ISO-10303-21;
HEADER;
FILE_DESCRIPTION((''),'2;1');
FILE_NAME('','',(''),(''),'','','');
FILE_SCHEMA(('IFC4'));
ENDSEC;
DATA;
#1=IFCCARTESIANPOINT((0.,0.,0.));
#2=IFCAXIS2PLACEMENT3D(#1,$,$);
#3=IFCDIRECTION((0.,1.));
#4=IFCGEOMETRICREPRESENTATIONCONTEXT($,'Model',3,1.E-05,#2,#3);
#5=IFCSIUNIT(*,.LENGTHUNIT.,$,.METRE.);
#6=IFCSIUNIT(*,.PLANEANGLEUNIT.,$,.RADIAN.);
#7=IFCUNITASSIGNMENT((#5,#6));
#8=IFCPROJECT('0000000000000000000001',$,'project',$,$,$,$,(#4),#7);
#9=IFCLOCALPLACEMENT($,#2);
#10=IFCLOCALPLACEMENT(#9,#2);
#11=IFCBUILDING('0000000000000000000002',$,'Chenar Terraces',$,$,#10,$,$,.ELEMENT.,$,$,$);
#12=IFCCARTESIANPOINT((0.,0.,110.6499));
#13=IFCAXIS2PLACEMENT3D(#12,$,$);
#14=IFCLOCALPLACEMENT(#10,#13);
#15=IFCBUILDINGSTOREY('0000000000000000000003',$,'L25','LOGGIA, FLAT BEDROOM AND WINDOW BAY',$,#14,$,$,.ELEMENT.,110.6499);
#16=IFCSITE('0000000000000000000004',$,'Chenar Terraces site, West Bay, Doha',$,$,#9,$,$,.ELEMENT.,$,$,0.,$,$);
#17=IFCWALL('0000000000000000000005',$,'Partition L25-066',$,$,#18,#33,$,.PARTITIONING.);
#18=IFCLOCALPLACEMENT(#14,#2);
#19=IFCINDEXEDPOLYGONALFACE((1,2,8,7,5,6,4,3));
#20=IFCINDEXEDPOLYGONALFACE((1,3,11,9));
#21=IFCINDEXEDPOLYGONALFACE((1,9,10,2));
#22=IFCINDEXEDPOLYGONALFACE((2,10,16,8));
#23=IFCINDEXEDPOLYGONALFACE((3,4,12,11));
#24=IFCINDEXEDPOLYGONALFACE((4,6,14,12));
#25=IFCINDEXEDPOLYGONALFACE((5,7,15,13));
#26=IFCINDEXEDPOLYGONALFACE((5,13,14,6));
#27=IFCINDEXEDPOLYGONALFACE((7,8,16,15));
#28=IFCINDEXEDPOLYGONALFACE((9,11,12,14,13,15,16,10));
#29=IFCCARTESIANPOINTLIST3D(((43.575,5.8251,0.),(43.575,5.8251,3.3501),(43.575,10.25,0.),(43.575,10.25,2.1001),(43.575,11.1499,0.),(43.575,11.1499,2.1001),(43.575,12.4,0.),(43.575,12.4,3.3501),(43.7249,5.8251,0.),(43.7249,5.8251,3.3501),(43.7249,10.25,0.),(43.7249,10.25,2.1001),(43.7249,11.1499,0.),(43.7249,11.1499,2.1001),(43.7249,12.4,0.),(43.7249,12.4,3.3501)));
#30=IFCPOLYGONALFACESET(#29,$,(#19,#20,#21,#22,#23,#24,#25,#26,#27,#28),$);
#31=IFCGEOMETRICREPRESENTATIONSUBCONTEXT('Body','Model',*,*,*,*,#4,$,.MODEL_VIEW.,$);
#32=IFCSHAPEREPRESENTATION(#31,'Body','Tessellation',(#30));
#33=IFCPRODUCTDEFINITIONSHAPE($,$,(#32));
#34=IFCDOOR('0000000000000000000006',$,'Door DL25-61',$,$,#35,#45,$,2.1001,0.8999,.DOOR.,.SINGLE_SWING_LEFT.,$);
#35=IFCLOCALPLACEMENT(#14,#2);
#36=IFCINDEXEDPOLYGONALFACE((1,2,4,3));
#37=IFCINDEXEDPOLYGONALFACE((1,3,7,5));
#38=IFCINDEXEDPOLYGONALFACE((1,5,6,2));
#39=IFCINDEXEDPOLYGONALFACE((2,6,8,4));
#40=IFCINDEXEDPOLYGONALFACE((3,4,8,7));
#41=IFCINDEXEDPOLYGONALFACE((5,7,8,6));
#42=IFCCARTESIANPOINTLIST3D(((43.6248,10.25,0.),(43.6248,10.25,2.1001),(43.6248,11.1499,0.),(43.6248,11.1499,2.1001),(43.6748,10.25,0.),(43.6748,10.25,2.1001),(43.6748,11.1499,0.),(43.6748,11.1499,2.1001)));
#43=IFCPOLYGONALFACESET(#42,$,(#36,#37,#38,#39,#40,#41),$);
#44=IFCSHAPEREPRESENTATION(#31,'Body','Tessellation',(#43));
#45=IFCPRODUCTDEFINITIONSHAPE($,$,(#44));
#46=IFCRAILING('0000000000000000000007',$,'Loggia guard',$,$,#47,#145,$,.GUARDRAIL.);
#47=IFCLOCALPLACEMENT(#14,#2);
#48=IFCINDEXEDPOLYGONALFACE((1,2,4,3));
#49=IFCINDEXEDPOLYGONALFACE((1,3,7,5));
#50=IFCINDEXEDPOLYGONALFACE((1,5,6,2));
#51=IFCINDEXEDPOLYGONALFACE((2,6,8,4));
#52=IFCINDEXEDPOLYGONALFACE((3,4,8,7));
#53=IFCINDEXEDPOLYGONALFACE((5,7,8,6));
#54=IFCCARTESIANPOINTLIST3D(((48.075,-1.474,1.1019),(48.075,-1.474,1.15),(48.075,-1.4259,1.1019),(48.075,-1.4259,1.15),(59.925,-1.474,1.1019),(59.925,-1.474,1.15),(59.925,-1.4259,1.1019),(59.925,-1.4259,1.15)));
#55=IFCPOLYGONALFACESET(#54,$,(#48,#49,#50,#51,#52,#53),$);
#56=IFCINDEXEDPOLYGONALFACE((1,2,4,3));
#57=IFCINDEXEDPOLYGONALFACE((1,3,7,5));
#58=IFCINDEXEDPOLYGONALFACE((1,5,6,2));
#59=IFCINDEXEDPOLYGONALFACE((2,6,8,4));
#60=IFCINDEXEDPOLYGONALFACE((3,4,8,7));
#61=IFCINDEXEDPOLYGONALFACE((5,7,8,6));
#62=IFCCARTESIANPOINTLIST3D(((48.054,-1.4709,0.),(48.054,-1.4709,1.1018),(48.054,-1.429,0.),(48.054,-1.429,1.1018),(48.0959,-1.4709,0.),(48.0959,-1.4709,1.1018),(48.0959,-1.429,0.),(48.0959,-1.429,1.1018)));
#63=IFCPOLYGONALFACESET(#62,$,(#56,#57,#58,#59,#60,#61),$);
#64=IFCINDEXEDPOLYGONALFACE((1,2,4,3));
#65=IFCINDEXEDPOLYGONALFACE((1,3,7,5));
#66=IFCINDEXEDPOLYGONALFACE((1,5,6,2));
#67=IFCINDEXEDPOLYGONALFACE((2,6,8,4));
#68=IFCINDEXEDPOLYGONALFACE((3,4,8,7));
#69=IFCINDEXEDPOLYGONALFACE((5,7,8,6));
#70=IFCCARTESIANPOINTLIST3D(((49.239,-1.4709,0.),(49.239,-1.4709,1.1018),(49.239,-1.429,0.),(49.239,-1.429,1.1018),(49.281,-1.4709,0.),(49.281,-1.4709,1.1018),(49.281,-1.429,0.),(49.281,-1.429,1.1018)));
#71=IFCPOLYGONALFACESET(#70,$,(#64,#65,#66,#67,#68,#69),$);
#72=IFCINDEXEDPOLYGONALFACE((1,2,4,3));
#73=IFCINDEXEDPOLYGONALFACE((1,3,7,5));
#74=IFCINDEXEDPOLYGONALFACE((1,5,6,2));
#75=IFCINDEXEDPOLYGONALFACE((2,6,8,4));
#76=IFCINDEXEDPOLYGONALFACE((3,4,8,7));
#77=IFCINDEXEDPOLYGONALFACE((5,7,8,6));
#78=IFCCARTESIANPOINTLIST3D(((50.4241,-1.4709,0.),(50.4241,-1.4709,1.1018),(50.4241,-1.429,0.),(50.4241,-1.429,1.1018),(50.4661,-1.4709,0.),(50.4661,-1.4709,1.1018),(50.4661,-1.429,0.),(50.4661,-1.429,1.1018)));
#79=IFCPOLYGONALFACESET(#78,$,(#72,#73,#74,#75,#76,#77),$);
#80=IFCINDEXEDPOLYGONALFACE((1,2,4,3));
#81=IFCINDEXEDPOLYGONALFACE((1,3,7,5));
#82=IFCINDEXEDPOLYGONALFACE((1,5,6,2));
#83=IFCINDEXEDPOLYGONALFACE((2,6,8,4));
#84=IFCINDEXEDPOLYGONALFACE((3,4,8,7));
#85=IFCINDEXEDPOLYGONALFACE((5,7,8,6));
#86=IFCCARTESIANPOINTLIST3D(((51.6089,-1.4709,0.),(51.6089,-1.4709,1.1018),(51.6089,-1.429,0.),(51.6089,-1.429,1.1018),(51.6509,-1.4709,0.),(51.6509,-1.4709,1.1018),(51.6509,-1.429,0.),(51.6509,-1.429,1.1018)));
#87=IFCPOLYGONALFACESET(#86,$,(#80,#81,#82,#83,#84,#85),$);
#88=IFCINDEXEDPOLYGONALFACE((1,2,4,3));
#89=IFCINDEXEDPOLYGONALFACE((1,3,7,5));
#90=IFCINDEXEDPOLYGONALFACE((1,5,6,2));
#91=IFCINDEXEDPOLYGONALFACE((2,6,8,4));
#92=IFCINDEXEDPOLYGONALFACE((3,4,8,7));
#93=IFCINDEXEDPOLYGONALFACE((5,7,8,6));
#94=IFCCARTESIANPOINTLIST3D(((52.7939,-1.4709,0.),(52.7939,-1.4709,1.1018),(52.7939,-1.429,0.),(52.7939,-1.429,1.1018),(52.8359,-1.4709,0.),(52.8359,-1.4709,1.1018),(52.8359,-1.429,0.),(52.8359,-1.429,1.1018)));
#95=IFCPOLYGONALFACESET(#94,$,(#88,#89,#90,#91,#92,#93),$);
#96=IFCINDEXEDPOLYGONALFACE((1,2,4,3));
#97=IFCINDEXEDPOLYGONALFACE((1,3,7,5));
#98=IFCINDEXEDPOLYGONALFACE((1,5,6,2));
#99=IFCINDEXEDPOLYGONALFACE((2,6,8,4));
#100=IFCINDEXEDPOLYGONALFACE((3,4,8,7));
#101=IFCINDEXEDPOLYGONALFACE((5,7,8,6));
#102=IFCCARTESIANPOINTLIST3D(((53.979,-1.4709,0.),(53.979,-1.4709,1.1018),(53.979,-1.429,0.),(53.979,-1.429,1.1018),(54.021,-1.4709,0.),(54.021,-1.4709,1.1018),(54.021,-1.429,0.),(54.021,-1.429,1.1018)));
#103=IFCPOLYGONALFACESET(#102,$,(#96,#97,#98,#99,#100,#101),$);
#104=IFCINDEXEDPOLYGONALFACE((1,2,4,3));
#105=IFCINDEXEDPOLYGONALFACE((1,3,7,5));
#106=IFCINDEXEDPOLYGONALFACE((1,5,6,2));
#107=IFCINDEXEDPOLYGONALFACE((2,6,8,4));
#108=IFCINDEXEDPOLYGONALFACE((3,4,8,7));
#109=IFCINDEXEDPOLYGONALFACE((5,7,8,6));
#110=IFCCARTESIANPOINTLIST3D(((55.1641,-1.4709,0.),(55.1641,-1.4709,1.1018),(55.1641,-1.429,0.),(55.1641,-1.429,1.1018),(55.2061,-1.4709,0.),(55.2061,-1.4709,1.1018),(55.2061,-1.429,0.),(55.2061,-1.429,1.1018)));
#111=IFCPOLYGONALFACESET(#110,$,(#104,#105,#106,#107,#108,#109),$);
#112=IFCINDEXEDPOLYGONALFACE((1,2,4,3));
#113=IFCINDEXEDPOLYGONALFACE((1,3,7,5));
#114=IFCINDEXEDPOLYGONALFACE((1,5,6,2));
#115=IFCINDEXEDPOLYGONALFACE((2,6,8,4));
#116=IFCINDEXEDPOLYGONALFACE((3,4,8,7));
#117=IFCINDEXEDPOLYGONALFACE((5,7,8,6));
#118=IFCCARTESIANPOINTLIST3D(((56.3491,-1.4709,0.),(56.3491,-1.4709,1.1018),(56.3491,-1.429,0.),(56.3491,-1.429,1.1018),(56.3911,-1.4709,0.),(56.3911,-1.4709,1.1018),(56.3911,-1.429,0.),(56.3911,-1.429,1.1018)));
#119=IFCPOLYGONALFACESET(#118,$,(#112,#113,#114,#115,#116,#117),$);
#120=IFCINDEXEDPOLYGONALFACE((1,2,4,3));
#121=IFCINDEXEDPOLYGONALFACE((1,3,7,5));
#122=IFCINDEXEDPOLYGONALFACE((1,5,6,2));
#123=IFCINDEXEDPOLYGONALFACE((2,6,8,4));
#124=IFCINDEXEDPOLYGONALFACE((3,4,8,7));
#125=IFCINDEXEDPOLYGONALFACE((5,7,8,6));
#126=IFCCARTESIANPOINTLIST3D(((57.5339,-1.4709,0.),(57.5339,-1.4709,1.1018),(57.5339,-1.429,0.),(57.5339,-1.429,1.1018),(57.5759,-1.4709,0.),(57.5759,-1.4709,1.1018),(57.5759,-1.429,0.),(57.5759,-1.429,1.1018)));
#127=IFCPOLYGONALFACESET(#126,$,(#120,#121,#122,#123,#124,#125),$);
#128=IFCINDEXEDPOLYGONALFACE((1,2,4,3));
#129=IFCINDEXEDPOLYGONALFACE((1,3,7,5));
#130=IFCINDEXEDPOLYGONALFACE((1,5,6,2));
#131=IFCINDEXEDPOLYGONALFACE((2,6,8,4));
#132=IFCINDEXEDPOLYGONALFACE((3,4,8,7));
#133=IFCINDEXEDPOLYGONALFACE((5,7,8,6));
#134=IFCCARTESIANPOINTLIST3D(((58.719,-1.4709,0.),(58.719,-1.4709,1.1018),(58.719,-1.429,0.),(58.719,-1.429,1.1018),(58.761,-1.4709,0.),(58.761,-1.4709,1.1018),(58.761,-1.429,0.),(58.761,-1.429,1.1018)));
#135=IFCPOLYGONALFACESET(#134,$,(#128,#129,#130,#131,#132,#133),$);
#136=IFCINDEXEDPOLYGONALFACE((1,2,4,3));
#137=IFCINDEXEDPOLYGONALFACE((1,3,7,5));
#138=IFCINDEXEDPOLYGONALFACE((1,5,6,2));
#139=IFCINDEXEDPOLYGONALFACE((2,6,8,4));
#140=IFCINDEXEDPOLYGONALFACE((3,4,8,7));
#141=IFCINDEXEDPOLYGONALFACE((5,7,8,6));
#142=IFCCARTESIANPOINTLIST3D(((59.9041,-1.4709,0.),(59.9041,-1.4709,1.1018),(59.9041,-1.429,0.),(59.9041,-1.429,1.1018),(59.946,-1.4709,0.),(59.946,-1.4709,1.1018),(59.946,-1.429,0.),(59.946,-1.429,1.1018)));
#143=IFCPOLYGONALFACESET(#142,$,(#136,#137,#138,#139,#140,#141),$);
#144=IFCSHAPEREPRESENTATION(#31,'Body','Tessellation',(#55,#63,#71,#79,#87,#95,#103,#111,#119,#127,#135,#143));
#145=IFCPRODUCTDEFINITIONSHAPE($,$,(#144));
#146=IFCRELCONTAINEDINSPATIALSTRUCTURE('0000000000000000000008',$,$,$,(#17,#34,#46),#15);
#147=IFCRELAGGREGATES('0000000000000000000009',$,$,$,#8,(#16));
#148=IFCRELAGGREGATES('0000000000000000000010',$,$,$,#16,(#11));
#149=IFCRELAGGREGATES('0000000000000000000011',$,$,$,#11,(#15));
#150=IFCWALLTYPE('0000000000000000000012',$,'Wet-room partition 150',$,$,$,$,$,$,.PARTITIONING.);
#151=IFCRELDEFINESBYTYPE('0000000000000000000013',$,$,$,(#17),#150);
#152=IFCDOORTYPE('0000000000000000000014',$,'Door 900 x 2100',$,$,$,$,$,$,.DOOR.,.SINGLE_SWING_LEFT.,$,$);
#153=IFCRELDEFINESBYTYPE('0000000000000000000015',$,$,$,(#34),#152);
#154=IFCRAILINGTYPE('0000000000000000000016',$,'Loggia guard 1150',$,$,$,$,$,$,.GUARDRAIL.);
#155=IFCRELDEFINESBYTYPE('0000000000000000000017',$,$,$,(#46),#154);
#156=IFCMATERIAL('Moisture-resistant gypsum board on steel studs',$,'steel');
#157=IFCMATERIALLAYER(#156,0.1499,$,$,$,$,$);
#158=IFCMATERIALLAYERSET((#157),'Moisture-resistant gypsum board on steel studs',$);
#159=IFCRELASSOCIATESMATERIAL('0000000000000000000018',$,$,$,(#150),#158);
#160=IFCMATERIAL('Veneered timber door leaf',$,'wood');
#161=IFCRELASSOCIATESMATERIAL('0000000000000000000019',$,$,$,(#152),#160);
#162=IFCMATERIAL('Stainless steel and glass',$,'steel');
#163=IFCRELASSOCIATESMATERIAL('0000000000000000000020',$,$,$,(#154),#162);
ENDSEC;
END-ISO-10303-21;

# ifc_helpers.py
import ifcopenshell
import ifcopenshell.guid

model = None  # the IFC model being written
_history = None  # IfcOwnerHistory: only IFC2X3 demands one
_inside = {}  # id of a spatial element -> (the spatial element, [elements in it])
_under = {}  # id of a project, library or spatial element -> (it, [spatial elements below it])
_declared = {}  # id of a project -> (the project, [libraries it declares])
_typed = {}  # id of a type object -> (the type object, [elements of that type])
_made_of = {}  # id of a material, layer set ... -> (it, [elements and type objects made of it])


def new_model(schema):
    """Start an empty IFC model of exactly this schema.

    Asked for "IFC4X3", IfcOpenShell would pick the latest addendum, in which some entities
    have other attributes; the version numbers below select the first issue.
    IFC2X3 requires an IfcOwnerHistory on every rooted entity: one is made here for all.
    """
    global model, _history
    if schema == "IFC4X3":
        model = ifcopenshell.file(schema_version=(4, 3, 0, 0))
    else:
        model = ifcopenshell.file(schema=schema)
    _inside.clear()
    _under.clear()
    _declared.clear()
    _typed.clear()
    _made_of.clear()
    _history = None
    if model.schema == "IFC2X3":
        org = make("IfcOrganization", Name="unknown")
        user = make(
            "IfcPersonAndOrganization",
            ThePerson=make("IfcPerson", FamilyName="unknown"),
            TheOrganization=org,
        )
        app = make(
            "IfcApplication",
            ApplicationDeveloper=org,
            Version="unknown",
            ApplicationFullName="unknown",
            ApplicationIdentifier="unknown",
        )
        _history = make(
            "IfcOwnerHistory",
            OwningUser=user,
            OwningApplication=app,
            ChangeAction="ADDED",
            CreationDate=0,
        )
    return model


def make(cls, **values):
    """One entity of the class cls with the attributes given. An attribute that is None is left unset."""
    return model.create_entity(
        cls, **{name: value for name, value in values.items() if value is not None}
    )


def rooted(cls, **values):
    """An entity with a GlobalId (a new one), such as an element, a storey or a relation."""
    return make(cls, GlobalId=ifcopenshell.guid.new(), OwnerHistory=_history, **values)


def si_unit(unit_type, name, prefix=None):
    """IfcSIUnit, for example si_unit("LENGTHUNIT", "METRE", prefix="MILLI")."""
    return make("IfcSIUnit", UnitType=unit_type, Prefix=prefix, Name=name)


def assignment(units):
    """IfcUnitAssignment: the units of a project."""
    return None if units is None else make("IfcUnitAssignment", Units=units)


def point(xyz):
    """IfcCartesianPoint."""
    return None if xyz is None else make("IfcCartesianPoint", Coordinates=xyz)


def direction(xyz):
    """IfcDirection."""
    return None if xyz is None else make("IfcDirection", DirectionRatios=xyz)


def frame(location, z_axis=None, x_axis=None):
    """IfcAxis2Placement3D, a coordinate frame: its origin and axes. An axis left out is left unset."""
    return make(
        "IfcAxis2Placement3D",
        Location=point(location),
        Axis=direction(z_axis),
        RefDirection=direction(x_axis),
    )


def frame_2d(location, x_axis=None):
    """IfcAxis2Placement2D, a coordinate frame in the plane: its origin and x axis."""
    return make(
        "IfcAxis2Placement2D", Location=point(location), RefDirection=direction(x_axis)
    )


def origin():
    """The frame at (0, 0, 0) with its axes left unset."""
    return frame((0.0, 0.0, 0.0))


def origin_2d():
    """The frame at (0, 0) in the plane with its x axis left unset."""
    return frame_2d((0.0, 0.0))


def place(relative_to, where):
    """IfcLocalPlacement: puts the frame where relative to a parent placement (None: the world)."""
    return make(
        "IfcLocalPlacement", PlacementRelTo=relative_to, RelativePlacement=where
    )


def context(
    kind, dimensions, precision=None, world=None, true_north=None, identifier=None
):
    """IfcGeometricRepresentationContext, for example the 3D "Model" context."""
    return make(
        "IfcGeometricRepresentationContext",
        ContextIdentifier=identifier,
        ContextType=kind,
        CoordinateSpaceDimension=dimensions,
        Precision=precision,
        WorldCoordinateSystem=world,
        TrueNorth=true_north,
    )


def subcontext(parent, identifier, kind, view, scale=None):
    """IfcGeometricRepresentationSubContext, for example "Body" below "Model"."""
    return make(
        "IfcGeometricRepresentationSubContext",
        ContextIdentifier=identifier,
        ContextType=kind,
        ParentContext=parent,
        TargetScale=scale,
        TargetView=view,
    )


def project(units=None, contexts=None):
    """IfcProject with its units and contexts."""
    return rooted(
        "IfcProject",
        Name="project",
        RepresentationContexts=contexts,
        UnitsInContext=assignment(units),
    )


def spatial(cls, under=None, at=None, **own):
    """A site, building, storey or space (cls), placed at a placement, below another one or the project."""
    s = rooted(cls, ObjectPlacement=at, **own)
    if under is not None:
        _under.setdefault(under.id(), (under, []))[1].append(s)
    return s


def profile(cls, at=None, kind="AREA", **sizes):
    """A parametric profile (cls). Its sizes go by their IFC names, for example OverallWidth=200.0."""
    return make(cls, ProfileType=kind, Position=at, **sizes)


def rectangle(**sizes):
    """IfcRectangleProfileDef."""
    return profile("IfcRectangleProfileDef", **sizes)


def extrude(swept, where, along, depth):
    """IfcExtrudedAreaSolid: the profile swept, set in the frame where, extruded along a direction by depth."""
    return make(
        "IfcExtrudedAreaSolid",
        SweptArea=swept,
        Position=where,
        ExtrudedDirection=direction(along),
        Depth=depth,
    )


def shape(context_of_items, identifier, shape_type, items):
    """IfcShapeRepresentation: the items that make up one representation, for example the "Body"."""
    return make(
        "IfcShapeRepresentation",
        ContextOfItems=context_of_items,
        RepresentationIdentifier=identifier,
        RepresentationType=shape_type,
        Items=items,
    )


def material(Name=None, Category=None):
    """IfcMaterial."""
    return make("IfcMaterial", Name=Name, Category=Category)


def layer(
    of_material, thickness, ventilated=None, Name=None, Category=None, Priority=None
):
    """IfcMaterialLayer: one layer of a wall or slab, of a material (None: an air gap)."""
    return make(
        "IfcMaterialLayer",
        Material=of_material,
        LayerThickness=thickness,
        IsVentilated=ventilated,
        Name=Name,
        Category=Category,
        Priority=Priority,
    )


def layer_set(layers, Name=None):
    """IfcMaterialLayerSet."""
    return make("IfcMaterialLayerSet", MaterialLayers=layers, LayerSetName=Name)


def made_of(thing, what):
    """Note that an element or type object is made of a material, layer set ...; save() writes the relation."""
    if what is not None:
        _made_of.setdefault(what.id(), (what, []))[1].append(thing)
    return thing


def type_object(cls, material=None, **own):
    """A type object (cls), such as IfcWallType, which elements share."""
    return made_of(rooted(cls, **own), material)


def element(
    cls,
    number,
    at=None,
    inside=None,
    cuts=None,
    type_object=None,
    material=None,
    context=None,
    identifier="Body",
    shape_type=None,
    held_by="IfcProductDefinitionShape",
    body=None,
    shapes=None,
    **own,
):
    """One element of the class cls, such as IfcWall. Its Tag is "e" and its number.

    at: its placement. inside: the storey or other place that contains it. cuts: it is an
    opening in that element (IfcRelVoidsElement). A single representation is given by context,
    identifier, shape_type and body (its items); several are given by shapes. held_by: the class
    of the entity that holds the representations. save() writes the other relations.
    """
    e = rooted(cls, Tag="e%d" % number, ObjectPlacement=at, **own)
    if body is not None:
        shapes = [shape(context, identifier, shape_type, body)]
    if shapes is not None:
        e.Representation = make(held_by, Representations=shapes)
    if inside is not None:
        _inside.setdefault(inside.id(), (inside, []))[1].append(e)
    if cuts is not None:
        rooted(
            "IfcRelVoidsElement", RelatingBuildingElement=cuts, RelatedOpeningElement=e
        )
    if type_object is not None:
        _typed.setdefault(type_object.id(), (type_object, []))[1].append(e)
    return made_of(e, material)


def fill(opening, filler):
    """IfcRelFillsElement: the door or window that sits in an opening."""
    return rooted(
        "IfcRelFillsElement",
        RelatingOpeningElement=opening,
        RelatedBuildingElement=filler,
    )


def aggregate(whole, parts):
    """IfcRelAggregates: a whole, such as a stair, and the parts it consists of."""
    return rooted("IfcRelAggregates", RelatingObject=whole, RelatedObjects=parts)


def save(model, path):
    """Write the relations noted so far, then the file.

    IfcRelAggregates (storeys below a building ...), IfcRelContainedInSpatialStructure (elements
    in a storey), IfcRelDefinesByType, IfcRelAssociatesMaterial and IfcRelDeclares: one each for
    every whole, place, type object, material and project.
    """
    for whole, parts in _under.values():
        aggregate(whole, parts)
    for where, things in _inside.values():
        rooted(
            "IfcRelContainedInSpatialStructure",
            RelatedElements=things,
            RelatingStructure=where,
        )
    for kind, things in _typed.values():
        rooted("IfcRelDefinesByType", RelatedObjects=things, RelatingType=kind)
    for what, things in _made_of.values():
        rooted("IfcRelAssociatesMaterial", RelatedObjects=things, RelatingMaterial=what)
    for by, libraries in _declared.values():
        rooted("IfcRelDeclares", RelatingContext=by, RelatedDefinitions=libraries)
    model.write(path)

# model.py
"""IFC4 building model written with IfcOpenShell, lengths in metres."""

from ifc_helpers import new_model, si_unit, direction, frame, frame_2d, origin, origin_2d, place, context, subcontext, project, spatial, rectangle, extrude, material, layer, layer_set, type_object, element, fill, save


model = new_model("IFC4")

# Units and contexts
model_context = context("Model", 3, precision=1e-05, world=origin(), true_north=direction((0.0, 1.0)))
body_context = subcontext(model_context, "Body", "Model", "MODEL_VIEW")
ifc_project = project(units=[si_unit("LENGTHUNIT", "METRE"), si_unit("PLANEANGLEUNIT", "RADIAN")], contexts=[model_context])

# Site, building, storey
site_placement = place(None, origin())
site = spatial("IfcSite", under=ifc_project, at=site_placement, Name="Chenar Terraces site, West Bay, Doha", CompositionType="ELEMENT", RefElevation=0.0)
building_placement = place(site_placement, origin())
building = spatial("IfcBuilding", under=site, at=building_placement, Name="Chenar Terraces", CompositionType="ELEMENT")
storey_placement = place(building_placement, frame((0.0, 0.0, 110.6499)))
storey = spatial("IfcBuildingStorey", under=building, at=storey_placement, Name="L25", Description="LOGGIA, FLAT BEDROOM AND WINDOW BAY", CompositionType="ELEMENT", Elevation=110.6499)

# Wall, opening, door
ifc_material_1 = material(Name="Moisture-resistant gypsum board on steel studs", Category="steel")
ifc_layer_1 = layer(ifc_material_1, 0.1499)
ifc_layer_set_1 = layer_set([ifc_layer_1], Name="Moisture-resistant gypsum board on steel studs")
wall_type_1 = type_object("IfcWallType", Name="Wet-room partition 150", PredefinedType="PARTITIONING", material=ifc_layer_set_1)
wall_1_placement = place(storey_placement, frame((43.6499, 5.825, 0.0), z_axis=(0.0, 0.0, 1.0), x_axis=(0.0, 1.0, 0.0)))
wall_1 = element("IfcWall", 1, at=wall_1_placement, inside=storey, type_object=wall_type_1, Name="Partition L25-066", PredefinedType="PARTITIONING", context=body_context, shape_type="SweptSolid", body=[
    extrude(rectangle(XDim=6.575, YDim=0.1499, at=frame_2d((3.2876, 0.0))), origin(), (0.0, 0.0, 1.0), 3.3501),
])
opening_1_placement = place(wall_1_placement, frame((4.425, 0.0, 0.0)))
opening_1 = element("IfcOpeningElement", 2, at=opening_1_placement, cuts=wall_1, PredefinedType="OPENING", context=body_context, shape_type="SweptSolid", body=[
    extrude(rectangle(XDim=0.8999, YDim=2.1001, at=frame_2d((0.45, 1.05))), frame((0.0, 0.085, 0.0), z_axis=(0.0, -1.0, 0.0), x_axis=(1.0, 0.0, 0.0)), (0.0, 0.0, 1.0), 0.1699),
])
ifc_material_2 = material(Name="Veneered timber door leaf", Category="wood")
door_type_1 = type_object("IfcDoorType", Name="Door 900 x 2100", OperationType="SINGLE_SWING_LEFT", PredefinedType="DOOR", material=ifc_material_2)
door_1_placement = place(opening_1_placement, frame((0.8999, 0.0, 0.0), z_axis=(0.0, 0.0, 1.0), x_axis=(-1.0, 0.0, 0.0)))
door_1 = element("IfcDoor", 3, at=door_1_placement, inside=storey, type_object=door_type_1, Name="Door DL25-61", OperationType="SINGLE_SWING_LEFT", OverallHeight=2.1001, OverallWidth=0.8999, PredefinedType="DOOR", context=body_context, shape_type="SweptSolid", body=[
    extrude(rectangle(XDim=0.8999, YDim=2.1001, at=frame_2d((0.45, 1.05))), frame((0.0, 0.0249, 0.0), z_axis=(0.0, -1.0, 0.0), x_axis=(1.0, 0.0, 0.0)), (0.0, 0.0, 1.0), 0.05),
])
fill(opening_1, door_1)

# Railing
ifc_material_3 = material(Name="Stainless steel and glass", Category="steel")
railing_type = type_object("IfcRailingType", Name="Loggia guard 1150", PredefinedType="GUARDRAIL", material=ifc_material_3)
railing_placement = place(storey_placement, frame((48.075, -1.45, 0.0)))
element("IfcRailing", 4, at=railing_placement, inside=storey, type_object=railing_type, Name="Loggia guard", PredefinedType="GUARDRAIL", context=body_context, shape_type="SweptSolid", body=[
    extrude(rectangle(XDim=0.0481, YDim=0.0481, at=origin_2d()), frame((0.0, 0.0, 1.126), z_axis=(1.0, 0.0, 0.0), x_axis=(0.0, 1.0, 0.0)), (0.0, 0.0, 1.0), 11.8501),
    extrude(rectangle(XDim=0.042, YDim=0.042, at=origin_2d()), origin(), (0.0, 0.0, 1.0), 1.1018),
    extrude(rectangle(XDim=0.042, YDim=0.042, at=origin_2d()), frame((1.1851, 0.0, 0.0)), (0.0, 0.0, 1.0), 1.1018),
    extrude(rectangle(XDim=0.042, YDim=0.042, at=origin_2d()), frame((2.3701, 0.0, 0.0)), (0.0, 0.0, 1.0), 1.1018),
    extrude(rectangle(XDim=0.042, YDim=0.042, at=origin_2d()), frame((3.5549, 0.0, 0.0)), (0.0, 0.0, 1.0), 1.1018),
    extrude(rectangle(XDim=0.042, YDim=0.042, at=origin_2d()), frame((4.74, 0.0, 0.0)), (0.0, 0.0, 1.0), 1.1018),
    extrude(rectangle(XDim=0.042, YDim=0.042, at=origin_2d()), frame((5.925, 0.0, 0.0)), (0.0, 0.0, 1.0), 1.1018),
    extrude(rectangle(XDim=0.042, YDim=0.042, at=origin_2d()), frame((7.1101, 0.0, 0.0)), (0.0, 0.0, 1.0), 1.1018),
    extrude(rectangle(XDim=0.042, YDim=0.042, at=origin_2d()), frame((8.2952, 0.0, 0.0)), (0.0, 0.0, 1.0), 1.1018),
    extrude(rectangle(XDim=0.042, YDim=0.042, at=origin_2d()), frame((9.48, 0.0, 0.0)), (0.0, 0.0, 1.0), 1.1018),
    extrude(rectangle(XDim=0.042, YDim=0.042, at=origin_2d()), frame((10.665, 0.0, 0.0)), (0.0, 0.0, 1.0), 1.1018),
    extrude(rectangle(XDim=0.042, YDim=0.042, at=origin_2d()), frame((11.8501, 0.0, 0.0)), (0.0, 0.0, 1.0), 1.1018),
])

save(model, "model.ifc")
